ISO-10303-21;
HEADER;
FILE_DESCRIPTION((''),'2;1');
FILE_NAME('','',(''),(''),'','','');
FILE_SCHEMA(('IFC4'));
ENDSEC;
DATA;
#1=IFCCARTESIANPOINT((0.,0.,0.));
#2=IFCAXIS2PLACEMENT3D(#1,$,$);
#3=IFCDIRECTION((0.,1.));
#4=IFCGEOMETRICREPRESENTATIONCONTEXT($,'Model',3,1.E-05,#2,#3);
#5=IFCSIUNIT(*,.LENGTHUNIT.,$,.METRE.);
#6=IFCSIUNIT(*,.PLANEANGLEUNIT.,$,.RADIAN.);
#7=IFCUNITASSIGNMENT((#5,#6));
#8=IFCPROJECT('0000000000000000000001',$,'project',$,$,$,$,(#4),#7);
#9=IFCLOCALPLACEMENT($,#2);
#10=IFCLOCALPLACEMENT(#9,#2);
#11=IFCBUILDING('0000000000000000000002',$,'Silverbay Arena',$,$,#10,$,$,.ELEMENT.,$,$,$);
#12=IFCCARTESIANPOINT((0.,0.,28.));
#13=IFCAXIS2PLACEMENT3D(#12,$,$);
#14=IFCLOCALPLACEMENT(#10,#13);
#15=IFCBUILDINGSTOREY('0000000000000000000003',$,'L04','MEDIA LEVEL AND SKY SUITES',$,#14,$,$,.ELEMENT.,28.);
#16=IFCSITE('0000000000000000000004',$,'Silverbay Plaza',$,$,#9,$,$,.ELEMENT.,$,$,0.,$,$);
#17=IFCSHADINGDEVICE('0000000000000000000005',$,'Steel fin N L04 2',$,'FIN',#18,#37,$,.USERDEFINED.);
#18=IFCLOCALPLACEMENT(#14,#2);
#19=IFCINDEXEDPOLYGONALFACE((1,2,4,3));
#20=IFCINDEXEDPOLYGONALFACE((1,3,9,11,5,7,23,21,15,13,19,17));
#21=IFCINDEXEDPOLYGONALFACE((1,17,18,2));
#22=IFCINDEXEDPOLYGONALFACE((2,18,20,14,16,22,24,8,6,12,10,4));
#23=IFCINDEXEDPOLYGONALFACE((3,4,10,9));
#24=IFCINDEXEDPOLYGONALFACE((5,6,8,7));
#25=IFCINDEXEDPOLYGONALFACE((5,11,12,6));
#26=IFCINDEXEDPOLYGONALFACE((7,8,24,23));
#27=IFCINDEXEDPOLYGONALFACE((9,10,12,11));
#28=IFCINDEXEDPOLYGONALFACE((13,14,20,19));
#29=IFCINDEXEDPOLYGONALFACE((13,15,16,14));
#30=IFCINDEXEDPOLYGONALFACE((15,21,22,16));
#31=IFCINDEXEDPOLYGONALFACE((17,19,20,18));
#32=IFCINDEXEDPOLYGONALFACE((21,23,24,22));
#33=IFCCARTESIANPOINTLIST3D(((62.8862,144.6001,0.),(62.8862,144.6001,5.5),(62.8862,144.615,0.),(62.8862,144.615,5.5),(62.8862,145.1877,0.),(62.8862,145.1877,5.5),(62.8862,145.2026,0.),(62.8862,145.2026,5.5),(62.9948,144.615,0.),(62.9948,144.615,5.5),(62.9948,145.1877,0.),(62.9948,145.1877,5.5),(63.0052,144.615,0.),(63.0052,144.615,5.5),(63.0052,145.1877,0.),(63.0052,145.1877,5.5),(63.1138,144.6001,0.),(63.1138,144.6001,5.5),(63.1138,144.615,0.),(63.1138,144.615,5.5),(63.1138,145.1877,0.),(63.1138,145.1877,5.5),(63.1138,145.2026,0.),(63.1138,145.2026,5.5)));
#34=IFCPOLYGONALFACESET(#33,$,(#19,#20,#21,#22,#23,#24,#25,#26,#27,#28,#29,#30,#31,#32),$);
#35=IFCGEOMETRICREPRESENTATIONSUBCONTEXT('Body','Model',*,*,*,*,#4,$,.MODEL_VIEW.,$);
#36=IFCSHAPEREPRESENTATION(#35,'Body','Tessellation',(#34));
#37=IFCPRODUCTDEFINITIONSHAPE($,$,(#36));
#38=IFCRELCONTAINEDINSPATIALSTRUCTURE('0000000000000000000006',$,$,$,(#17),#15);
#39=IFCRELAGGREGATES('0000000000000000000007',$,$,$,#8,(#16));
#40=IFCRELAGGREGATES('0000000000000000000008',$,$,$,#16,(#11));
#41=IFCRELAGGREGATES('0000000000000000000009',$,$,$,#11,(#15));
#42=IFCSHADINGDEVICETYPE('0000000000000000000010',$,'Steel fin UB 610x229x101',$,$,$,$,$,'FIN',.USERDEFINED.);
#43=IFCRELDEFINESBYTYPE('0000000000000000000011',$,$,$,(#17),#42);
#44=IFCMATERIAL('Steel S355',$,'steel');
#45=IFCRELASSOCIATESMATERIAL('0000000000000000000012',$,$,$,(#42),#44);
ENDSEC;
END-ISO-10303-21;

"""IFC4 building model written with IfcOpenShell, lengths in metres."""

from ifc_helpers import new_model, si_unit, direction, frame, origin, origin_2d, place, context, subcontext, project, spatial, i_section, extrude, material, material_profile, profile_set, type_object, element, save


model = new_model("IFC4")

# Units and contexts
model_context = context("Model", 3, precision=1e-05, world=origin(), true_north=direction((0.0, 1.0)))
body_context = subcontext(model_context, "Body", "Model", "MODEL_VIEW")
ifc_project = project(units=[si_unit("LENGTHUNIT", "METRE"), si_unit("PLANEANGLEUNIT", "RADIAN")], contexts=[model_context])

# Site, building, storey
site_placement = place(None, origin())
site = spatial("IfcSite", under=ifc_project, at=site_placement, Name="Silverbay Plaza", CompositionType="ELEMENT", RefElevation=0.0)
building_placement = place(site_placement, origin())
building = spatial("IfcBuilding", under=site, at=building_placement, Name="Silverbay Arena", CompositionType="ELEMENT")
storey_placement = place(building_placement, frame((0.0, 0.0, 28.0)))
storey = spatial("IfcBuildingStorey", under=building, at=storey_placement, Name="L04", Description="MEDIA LEVEL AND SKY SUITES", CompositionType="ELEMENT", Elevation=28.0)

# Shading device
ifc_material_1 = material(Name="Steel S355", Category="steel")
ifc_material_profile_1 = material_profile(ifc_material_1, i_section(OverallWidth=0.2275, OverallDepth=0.6025, WebThickness=0.0105, FlangeThickness=0.0149, at=origin_2d()), Name="UB 610x229x101")
ifc_profile_set_1 = profile_set([ifc_material_profile_1], Name="Steel S355")
shading_device_type = type_object("IfcShadingDeviceType", Name="Steel fin UB 610x229x101", ElementType="FIN", PredefinedType="USERDEFINED", material=ifc_profile_set_1)
shading_device_placement = place(storey_placement, frame((63.0, 144.9014, 0.0), z_axis=(0.0, 0.0, 1.0), x_axis=(1.0, 0.0, 0.0)))
element("IfcShadingDevice", 1, at=shading_device_placement, inside=storey, type_object=shading_device_type, Name="Steel fin N L04 2", ObjectType="FIN", PredefinedType="USERDEFINED", context=body_context, shape_type="SweptSolid", body=[
    extrude(i_section(OverallWidth=0.2275, OverallDepth=0.6025, WebThickness=0.0105, FlangeThickness=0.0149, at=origin_2d()), origin(), (0.0, 0.0, 1.0), 5.5),
])

save(model, "model.ifc")
